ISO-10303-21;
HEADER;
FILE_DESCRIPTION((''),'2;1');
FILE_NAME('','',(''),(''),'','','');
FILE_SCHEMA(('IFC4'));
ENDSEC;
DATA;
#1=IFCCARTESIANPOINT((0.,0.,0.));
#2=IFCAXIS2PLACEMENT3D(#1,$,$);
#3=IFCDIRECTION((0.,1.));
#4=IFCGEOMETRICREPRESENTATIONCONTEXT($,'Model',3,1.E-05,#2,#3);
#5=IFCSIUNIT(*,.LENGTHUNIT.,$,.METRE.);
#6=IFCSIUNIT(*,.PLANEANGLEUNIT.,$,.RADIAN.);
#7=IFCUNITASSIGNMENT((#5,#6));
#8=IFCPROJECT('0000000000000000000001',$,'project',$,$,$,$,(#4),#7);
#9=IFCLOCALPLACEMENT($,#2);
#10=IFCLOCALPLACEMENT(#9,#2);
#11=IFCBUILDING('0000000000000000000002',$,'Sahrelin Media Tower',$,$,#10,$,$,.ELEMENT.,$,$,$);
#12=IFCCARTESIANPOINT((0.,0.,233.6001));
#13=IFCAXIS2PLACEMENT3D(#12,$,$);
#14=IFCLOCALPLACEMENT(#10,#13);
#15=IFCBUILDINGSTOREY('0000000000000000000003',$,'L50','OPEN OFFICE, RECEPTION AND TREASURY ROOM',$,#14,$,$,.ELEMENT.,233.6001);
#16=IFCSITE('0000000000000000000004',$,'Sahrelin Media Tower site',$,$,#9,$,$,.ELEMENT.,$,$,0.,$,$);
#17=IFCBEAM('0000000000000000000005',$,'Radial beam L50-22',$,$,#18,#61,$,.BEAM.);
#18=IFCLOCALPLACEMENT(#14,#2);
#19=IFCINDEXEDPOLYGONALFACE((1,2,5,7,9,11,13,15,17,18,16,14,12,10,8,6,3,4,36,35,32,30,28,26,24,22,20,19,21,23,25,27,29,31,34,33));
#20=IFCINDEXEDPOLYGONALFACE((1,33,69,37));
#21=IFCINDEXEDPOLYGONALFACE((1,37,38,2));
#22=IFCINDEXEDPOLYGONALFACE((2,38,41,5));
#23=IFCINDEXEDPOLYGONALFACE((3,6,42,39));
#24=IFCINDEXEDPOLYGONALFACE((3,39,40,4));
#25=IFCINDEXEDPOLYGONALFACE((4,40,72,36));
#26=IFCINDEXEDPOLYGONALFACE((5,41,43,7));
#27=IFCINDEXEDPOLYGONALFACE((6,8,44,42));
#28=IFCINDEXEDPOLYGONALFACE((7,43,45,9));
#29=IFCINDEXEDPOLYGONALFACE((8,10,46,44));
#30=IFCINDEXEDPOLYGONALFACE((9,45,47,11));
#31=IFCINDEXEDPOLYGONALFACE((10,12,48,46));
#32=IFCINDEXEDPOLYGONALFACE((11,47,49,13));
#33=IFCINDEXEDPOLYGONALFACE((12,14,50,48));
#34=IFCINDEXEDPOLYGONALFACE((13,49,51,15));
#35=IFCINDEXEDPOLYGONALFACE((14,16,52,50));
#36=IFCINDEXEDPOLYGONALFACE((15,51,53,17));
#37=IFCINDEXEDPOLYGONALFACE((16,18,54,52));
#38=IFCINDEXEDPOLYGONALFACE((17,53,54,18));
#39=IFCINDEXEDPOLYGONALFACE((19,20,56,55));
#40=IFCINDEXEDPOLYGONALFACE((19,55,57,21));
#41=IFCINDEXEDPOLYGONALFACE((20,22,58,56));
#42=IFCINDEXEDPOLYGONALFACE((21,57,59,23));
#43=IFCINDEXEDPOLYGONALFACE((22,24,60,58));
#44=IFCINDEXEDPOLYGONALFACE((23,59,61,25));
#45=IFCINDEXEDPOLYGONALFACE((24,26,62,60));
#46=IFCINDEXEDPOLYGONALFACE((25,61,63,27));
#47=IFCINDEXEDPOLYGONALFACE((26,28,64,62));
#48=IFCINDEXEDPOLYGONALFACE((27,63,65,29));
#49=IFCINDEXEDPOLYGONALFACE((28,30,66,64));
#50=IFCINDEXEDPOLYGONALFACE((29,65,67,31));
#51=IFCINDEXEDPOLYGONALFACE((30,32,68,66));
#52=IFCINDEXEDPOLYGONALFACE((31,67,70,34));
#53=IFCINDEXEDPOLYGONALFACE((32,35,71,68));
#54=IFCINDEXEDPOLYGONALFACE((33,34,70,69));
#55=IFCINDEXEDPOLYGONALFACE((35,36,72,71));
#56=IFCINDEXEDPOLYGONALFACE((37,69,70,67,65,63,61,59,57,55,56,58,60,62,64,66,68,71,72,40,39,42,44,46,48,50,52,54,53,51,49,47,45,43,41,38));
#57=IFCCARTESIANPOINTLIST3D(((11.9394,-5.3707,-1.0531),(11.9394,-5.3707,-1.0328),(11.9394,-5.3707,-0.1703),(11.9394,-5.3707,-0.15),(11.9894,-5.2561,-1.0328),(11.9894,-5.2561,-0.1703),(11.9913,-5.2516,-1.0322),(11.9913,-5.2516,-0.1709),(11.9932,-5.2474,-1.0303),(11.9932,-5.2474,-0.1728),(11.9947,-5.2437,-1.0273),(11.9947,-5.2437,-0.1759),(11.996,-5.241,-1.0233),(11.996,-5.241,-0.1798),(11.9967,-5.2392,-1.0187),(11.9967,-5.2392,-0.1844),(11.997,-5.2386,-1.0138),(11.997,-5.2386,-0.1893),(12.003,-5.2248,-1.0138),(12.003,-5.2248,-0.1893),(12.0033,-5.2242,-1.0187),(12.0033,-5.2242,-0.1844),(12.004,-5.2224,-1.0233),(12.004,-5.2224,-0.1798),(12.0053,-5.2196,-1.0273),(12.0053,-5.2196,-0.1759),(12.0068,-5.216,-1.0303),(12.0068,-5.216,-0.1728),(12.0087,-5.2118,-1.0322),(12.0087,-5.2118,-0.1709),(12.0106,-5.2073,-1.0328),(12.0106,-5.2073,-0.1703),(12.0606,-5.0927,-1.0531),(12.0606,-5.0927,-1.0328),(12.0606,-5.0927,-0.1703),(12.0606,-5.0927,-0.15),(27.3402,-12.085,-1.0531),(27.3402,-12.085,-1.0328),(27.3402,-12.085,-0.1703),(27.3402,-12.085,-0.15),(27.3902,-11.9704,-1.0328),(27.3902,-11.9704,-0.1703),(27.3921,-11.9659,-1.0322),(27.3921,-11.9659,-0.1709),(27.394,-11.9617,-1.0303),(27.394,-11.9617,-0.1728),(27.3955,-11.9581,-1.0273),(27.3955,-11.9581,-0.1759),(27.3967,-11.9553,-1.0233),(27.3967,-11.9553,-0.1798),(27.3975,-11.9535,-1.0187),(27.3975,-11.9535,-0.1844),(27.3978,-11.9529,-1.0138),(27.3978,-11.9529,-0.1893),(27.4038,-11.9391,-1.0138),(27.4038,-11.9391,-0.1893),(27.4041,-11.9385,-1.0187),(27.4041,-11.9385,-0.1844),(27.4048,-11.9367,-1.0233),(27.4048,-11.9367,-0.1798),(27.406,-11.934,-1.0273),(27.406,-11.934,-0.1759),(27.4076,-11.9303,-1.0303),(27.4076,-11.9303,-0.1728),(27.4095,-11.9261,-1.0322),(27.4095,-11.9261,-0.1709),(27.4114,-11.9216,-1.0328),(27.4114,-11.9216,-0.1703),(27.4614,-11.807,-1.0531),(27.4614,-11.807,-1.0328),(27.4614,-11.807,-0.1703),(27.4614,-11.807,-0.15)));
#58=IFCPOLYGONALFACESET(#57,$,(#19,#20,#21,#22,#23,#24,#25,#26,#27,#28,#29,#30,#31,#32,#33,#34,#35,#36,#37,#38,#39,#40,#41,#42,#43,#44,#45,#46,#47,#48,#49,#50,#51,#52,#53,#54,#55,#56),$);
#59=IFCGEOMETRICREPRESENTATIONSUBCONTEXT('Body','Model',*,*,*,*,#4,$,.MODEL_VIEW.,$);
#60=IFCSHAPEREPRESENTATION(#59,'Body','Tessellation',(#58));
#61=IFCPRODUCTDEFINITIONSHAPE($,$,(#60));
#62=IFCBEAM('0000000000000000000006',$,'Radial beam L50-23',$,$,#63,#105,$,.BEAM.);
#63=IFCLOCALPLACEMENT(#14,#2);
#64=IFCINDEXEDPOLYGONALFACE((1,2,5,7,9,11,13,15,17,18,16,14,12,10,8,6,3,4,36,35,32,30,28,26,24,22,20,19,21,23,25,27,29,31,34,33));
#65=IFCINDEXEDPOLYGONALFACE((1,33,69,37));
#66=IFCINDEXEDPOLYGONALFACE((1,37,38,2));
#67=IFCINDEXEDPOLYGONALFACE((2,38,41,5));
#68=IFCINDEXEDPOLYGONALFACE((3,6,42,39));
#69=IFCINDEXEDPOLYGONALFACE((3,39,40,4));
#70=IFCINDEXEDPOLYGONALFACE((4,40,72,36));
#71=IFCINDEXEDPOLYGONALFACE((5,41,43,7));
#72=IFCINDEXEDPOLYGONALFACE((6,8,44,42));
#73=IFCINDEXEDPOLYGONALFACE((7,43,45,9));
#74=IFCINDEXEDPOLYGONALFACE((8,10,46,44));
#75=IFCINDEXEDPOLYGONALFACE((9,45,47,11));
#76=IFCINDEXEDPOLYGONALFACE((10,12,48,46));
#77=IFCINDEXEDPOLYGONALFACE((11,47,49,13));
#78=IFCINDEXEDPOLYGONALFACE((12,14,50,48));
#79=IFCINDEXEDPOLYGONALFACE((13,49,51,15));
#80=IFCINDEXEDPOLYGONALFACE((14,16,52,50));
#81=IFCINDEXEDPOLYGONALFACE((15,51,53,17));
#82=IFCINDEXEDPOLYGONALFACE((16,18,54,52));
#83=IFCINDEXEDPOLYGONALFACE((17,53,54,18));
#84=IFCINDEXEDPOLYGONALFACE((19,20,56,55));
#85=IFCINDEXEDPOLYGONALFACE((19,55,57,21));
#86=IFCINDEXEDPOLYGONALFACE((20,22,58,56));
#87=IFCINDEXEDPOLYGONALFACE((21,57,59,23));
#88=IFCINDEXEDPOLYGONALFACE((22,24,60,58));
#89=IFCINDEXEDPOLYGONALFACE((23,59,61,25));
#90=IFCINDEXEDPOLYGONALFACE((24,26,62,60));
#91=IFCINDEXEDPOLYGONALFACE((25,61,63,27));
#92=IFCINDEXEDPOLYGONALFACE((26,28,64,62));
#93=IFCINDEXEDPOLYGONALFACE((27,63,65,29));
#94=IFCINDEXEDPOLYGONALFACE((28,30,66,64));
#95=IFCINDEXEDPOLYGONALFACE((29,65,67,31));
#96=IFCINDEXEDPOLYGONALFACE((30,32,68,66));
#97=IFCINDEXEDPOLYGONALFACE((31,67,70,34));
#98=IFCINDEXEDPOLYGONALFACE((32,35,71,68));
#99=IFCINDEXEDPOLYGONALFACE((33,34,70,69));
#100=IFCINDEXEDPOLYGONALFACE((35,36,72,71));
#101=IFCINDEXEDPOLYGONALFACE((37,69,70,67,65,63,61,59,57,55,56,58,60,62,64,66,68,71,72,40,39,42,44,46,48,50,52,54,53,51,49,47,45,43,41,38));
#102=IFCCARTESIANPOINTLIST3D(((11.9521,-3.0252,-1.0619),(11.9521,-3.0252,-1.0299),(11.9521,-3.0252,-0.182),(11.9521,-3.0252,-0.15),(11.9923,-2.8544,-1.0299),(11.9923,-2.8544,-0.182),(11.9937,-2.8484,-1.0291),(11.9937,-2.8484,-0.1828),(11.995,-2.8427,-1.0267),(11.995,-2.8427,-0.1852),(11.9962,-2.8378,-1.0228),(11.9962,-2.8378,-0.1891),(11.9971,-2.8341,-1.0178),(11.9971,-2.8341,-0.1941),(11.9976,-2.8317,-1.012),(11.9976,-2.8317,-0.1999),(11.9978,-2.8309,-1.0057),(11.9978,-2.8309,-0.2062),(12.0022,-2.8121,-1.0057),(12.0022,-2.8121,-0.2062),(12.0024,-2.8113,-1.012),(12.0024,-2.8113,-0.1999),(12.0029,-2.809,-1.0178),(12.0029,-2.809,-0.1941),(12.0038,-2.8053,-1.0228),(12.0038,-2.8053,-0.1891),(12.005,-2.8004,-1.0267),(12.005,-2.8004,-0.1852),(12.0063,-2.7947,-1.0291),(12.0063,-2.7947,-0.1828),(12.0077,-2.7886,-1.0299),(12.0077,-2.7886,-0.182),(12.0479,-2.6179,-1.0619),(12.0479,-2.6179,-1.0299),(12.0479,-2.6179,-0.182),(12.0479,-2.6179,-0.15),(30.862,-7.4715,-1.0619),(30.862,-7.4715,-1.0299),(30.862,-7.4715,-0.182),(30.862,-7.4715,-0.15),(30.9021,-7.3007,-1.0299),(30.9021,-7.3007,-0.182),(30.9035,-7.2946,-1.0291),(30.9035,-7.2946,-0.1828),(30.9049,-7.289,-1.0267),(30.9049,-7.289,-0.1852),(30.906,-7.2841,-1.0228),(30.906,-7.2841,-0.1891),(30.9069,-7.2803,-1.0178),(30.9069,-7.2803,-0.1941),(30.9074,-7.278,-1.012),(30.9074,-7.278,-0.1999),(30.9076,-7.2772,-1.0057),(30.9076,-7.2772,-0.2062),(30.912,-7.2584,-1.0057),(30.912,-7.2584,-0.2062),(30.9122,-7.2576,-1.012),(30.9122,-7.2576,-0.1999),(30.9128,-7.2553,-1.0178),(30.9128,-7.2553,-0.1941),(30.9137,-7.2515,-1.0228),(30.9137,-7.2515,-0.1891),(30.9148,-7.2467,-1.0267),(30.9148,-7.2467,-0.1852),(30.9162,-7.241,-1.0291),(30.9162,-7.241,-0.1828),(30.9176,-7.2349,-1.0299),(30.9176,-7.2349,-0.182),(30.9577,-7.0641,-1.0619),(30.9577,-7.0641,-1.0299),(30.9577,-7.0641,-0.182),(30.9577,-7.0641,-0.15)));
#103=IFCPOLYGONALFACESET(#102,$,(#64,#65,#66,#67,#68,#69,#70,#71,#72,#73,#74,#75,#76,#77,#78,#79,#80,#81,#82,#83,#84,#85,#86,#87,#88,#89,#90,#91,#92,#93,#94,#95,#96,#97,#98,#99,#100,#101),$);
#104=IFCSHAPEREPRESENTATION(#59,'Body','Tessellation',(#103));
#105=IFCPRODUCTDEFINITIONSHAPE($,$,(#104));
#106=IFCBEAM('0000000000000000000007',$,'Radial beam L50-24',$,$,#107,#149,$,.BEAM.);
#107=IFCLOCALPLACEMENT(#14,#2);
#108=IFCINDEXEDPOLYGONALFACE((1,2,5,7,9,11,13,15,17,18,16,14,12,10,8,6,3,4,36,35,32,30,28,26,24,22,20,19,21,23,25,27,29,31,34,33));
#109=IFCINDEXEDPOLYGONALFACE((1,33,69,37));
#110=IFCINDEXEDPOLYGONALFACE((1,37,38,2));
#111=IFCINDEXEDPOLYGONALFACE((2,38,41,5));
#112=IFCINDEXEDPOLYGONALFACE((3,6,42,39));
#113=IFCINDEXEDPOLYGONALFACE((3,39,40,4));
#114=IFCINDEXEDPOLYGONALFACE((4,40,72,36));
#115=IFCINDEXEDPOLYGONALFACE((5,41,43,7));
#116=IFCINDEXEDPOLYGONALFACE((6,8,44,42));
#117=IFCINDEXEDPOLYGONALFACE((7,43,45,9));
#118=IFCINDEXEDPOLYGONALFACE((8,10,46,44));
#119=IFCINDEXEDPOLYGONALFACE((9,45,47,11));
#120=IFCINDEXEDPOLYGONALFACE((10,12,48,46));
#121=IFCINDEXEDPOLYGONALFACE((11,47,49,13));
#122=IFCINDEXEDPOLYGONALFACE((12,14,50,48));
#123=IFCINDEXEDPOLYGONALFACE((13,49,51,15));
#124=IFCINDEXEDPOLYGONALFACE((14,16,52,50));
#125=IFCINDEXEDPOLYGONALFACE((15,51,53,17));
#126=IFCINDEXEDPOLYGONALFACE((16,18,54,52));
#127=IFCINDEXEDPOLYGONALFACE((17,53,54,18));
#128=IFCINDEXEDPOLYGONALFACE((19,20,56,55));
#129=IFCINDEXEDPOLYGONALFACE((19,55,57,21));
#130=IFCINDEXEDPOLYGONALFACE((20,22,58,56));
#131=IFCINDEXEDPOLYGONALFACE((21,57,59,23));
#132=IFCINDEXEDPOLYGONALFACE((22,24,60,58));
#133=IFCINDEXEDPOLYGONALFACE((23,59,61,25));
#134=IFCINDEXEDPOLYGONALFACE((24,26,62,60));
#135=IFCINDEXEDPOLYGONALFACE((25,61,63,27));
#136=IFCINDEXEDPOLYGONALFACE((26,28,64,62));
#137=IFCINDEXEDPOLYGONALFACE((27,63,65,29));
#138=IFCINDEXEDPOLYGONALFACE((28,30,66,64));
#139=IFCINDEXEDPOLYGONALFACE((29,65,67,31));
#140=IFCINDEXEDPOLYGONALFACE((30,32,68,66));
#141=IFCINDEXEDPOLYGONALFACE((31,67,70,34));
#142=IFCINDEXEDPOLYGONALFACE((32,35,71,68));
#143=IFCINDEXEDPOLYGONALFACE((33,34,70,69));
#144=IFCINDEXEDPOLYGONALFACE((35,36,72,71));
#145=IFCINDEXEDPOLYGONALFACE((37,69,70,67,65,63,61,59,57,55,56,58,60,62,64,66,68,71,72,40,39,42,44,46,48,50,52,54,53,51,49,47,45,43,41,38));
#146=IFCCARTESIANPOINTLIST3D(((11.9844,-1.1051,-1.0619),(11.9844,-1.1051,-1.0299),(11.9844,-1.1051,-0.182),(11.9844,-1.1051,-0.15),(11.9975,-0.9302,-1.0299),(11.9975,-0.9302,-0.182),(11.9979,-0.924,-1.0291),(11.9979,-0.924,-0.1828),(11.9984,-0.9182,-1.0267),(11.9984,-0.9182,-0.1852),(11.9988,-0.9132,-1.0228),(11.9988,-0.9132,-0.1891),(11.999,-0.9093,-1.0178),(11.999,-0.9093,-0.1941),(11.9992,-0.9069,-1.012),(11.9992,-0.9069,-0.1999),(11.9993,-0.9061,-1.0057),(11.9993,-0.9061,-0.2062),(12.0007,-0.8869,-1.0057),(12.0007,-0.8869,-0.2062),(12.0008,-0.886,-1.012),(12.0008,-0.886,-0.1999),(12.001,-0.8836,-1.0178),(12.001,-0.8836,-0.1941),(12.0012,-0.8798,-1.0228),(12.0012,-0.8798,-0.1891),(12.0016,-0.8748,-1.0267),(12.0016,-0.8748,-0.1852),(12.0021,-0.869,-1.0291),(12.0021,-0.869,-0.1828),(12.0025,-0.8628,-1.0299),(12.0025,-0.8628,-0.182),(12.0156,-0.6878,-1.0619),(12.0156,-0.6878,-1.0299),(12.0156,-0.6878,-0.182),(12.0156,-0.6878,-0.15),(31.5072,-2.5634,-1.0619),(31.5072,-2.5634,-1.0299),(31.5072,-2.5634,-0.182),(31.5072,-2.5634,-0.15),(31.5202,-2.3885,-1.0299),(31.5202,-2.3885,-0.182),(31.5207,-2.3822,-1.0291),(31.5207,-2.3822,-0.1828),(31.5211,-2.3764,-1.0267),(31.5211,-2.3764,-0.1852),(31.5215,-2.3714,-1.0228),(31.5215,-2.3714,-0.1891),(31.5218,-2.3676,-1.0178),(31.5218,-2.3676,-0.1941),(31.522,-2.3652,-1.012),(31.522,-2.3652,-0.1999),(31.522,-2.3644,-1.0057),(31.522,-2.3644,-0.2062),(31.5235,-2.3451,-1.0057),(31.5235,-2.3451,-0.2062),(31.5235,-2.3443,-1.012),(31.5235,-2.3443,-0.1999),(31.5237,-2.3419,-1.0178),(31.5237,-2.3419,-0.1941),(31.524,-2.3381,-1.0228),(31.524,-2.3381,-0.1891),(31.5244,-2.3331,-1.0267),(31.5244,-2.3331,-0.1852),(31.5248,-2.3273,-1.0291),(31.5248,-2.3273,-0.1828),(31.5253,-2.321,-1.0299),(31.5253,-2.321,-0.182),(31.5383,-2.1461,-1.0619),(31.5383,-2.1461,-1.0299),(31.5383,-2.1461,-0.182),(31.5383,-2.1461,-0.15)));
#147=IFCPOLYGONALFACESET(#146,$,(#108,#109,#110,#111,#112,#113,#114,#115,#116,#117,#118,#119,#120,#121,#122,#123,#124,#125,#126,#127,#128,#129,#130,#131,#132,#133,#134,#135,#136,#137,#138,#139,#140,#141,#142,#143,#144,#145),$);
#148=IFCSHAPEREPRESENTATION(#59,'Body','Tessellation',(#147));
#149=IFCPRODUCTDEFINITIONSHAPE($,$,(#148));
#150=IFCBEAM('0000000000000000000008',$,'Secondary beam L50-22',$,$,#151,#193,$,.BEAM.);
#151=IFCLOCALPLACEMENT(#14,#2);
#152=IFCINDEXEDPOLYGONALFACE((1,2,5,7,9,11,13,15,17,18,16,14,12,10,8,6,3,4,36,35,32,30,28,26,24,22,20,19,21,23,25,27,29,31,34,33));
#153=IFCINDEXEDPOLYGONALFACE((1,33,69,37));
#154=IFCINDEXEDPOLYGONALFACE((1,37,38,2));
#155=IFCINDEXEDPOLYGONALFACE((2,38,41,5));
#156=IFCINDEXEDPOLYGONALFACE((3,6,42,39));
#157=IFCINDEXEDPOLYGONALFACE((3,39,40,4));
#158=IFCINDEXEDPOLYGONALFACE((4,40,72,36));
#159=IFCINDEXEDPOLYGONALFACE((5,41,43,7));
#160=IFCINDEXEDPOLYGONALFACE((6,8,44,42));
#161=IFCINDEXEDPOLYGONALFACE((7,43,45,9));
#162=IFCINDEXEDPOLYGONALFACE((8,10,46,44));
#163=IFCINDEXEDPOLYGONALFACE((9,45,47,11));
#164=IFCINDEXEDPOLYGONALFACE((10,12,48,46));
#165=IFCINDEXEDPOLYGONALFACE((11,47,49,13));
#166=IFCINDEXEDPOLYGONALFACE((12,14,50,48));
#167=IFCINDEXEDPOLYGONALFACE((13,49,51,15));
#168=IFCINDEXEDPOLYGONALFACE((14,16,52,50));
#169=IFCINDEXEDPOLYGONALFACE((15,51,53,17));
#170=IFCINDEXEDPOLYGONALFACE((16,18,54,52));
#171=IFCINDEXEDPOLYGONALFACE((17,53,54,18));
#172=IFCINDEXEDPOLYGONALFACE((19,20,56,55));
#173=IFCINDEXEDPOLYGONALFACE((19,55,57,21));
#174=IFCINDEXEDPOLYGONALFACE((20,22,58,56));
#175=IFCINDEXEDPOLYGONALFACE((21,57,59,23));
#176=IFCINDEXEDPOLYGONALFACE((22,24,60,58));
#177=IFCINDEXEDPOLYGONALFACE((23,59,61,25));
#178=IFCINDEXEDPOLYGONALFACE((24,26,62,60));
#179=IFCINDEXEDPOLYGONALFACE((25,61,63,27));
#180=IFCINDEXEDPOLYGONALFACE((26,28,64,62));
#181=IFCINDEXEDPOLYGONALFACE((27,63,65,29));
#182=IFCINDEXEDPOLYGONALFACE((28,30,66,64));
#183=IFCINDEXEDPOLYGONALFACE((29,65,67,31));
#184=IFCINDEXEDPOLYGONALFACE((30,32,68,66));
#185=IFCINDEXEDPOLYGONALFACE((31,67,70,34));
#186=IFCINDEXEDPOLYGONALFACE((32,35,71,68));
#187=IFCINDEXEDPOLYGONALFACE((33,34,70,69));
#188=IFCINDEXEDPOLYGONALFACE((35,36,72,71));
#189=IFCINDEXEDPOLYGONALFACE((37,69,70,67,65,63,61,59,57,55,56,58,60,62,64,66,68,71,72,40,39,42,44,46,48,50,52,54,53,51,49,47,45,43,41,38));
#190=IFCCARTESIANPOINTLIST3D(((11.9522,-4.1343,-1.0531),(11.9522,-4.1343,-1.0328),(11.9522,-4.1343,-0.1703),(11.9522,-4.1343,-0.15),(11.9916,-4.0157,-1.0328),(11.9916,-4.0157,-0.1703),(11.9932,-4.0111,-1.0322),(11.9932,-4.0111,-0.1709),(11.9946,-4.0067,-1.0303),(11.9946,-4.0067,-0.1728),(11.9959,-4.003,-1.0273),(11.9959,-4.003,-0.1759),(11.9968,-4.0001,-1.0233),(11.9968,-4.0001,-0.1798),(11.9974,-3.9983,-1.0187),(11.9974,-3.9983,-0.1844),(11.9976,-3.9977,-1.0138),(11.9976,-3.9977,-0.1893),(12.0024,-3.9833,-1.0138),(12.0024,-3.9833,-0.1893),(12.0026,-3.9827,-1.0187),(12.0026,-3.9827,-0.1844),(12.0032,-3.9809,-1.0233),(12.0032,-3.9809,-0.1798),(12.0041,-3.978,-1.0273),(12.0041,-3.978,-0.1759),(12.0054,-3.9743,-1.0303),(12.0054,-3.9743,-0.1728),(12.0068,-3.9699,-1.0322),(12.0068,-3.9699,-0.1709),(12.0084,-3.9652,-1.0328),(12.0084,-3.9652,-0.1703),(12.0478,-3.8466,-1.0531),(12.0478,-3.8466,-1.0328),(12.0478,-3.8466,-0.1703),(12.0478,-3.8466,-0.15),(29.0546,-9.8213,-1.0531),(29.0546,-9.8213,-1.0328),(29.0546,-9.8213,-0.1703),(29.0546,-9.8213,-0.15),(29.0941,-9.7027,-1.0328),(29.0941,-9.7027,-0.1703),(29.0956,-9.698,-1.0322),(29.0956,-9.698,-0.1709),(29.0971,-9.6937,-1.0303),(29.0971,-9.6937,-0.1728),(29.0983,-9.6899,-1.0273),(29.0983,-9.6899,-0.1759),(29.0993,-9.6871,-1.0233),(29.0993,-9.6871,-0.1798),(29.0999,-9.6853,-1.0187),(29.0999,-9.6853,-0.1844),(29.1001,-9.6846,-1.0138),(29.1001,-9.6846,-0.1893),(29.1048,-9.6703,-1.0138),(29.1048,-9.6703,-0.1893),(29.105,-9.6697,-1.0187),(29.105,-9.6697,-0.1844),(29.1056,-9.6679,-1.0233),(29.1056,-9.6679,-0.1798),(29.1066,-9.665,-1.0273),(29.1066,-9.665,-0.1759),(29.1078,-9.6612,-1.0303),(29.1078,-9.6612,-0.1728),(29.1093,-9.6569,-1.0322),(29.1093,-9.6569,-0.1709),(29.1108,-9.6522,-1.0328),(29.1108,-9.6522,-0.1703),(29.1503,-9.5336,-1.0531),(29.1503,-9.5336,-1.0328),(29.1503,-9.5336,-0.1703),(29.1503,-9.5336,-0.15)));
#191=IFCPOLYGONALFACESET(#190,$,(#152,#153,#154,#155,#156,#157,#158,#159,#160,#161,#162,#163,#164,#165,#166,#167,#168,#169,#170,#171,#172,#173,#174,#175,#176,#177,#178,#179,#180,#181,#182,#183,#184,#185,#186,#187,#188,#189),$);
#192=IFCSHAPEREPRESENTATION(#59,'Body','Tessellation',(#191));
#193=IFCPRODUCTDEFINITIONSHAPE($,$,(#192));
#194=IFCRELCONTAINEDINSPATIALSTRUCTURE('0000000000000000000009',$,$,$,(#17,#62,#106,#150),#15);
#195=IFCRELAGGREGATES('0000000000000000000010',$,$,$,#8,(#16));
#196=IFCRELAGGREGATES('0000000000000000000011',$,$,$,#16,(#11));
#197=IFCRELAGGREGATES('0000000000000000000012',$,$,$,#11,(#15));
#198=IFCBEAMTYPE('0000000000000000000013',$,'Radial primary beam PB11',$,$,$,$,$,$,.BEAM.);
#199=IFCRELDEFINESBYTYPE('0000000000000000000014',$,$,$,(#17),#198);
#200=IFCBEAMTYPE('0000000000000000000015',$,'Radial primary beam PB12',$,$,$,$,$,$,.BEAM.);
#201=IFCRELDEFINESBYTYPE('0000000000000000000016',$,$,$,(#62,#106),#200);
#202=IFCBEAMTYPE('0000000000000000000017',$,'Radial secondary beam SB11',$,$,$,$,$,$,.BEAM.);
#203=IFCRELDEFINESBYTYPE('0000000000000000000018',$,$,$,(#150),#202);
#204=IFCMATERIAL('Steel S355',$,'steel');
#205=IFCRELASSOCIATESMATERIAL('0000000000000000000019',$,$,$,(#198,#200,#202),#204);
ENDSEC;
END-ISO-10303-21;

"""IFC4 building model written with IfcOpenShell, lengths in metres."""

from ifc_helpers import new_model, si_unit, direction, frame, origin, origin_2d, place, context, subcontext, project, spatial, i_section, extrude, material, material_profile, profile_set, type_object, element, save


model = new_model("IFC4")

# Units and contexts
model_context = context("Model", 3, precision=1e-05, world=origin(), true_north=direction((0.0, 1.0)))
body_context = subcontext(model_context, "Body", "Model", "MODEL_VIEW")
ifc_project = project(units=[si_unit("LENGTHUNIT", "METRE"), si_unit("PLANEANGLEUNIT", "RADIAN")], contexts=[model_context])

# Site, building, storey
site_placement = place(None, origin())
site = spatial("IfcSite", under=ifc_project, at=site_placement, Name="Sahrelin Media Tower site", CompositionType="ELEMENT", RefElevation=0.0)
building_placement = place(site_placement, origin())
building = spatial("IfcBuilding", under=site, at=building_placement, Name="Sahrelin Media Tower", CompositionType="ELEMENT")
storey_placement = place(building_placement, frame((0.0, 0.0, 233.6001)))
storey = spatial("IfcBuildingStorey", under=building, at=storey_placement, Name="L50", Description="OPEN OFFICE, RECEPTION AND TREASURY ROOM", CompositionType="ELEMENT", Elevation=233.6001)

# Beams
ifc_material_1 = material(Name="Steel S355", Category="steel")
ifc_material_profile_1 = material_profile(ifc_material_1, i_section(OverallWidth=0.3032, OverallDepth=0.9031, WebThickness=0.0151, FlangeThickness=0.0203, FilletRadius=0.019, at=origin_2d()), Name="UB 914x305x201")
ifc_profile_set_1 = profile_set([ifc_material_profile_1], Name="Steel S355")
beam_type_1 = type_object("IfcBeamType", Name="Radial primary beam PB11", PredefinedType="BEAM", material=ifc_profile_set_1)
beam_1_placement = place(storey_placement, frame((12.0, -5.2317, -0.6016), z_axis=(0.916671, -0.399643, 0.0), x_axis=(0.399643, 0.916671, 0.0)))
element("IfcBeam", 1, at=beam_1_placement, inside=storey, type_object=beam_type_1, Name="Radial beam L50-22", PredefinedType="BEAM", context=body_context, shape_type="SweptSolid", body=[
    extrude(i_section(OverallWidth=0.3032, OverallDepth=0.9031, WebThickness=0.0151, FlangeThickness=0.0203, FilletRadius=0.019, at=origin_2d()), origin(), (0.0, 0.0, 1.0), 16.8008),
])
ifc_material_profile_2 = material_profile(ifc_material_1, i_section(OverallWidth=0.4185, OverallDepth=0.9119, WebThickness=0.0193, FlangeThickness=0.032, FilletRadius=0.0242, at=origin_2d()), Name="UB 914x419x343")
ifc_profile_set_2 = profile_set([ifc_material_profile_2], Name="Steel S355")
beam_type_2 = type_object("IfcBeamType", Name="Radial primary beam PB12", PredefinedType="BEAM", material=ifc_profile_set_2)
beam_2_placement = place(storey_placement, frame((12.0, -2.8215, -0.606), z_axis=(0.973453, -0.228888, 0.0), x_axis=(0.228888, 0.973453, 0.0)))
element("IfcBeam", 2, at=beam_2_placement, inside=storey, type_object=beam_type_2, Name="Radial beam L50-23", PredefinedType="BEAM", context=body_context, shape_type="SweptSolid", body=[
    extrude(i_section(OverallWidth=0.4185, OverallDepth=0.9119, WebThickness=0.0193, FlangeThickness=0.032, FilletRadius=0.0242, at=origin_2d()), origin(), (0.0, 0.0, 1.0), 19.4255),
])
beam_3_placement = place(storey_placement, frame((12.0, -0.8965, -0.606), z_axis=(0.997222, -0.074488, 0.0), x_axis=(0.074488, 0.997222, 0.0)))
element("IfcBeam", 3, at=beam_3_placement, inside=storey, type_object=beam_type_2, Name="Radial beam L50-24", PredefinedType="BEAM", context=body_context, shape_type="SweptSolid", body=[
    extrude(i_section(OverallWidth=0.4185, OverallDepth=0.9119, WebThickness=0.0193, FlangeThickness=0.032, FilletRadius=0.0242, at=origin_2d()), origin(), (0.0, 0.0, 1.0), 19.5771),
])
ifc_material_profile_3 = material_profile(ifc_material_1, i_section(OverallWidth=0.3032, OverallDepth=0.9031, WebThickness=0.0151, FlangeThickness=0.0203, FilletRadius=0.019, at=origin_2d()), Name="UB 914x305x201")
ifc_profile_set_3 = profile_set([ifc_material_profile_3], Name="Steel S355")
beam_type_3 = type_object("IfcBeamType", Name="Radial secondary beam SB11", PredefinedType="BEAM", material=ifc_profile_set_3)
beam_4_placement = place(storey_placement, frame((12.0, -3.9905, -0.6016), z_axis=(0.948913, -0.315537, 0.0), x_axis=(0.315537, 0.948913, 0.0)))
element("IfcBeam", 4, at=beam_4_placement, inside=storey, type_object=beam_type_3, Name="Secondary beam L50-22", PredefinedType="BEAM", context=body_context, shape_type="SweptSolid", body=[
    extrude(i_section(OverallWidth=0.3032, OverallDepth=0.9031, WebThickness=0.0151, FlangeThickness=0.0203, FilletRadius=0.019, at=origin_2d()), origin(), (0.0, 0.0, 1.0), 18.0232),
])

save(model, "model.ifc")
